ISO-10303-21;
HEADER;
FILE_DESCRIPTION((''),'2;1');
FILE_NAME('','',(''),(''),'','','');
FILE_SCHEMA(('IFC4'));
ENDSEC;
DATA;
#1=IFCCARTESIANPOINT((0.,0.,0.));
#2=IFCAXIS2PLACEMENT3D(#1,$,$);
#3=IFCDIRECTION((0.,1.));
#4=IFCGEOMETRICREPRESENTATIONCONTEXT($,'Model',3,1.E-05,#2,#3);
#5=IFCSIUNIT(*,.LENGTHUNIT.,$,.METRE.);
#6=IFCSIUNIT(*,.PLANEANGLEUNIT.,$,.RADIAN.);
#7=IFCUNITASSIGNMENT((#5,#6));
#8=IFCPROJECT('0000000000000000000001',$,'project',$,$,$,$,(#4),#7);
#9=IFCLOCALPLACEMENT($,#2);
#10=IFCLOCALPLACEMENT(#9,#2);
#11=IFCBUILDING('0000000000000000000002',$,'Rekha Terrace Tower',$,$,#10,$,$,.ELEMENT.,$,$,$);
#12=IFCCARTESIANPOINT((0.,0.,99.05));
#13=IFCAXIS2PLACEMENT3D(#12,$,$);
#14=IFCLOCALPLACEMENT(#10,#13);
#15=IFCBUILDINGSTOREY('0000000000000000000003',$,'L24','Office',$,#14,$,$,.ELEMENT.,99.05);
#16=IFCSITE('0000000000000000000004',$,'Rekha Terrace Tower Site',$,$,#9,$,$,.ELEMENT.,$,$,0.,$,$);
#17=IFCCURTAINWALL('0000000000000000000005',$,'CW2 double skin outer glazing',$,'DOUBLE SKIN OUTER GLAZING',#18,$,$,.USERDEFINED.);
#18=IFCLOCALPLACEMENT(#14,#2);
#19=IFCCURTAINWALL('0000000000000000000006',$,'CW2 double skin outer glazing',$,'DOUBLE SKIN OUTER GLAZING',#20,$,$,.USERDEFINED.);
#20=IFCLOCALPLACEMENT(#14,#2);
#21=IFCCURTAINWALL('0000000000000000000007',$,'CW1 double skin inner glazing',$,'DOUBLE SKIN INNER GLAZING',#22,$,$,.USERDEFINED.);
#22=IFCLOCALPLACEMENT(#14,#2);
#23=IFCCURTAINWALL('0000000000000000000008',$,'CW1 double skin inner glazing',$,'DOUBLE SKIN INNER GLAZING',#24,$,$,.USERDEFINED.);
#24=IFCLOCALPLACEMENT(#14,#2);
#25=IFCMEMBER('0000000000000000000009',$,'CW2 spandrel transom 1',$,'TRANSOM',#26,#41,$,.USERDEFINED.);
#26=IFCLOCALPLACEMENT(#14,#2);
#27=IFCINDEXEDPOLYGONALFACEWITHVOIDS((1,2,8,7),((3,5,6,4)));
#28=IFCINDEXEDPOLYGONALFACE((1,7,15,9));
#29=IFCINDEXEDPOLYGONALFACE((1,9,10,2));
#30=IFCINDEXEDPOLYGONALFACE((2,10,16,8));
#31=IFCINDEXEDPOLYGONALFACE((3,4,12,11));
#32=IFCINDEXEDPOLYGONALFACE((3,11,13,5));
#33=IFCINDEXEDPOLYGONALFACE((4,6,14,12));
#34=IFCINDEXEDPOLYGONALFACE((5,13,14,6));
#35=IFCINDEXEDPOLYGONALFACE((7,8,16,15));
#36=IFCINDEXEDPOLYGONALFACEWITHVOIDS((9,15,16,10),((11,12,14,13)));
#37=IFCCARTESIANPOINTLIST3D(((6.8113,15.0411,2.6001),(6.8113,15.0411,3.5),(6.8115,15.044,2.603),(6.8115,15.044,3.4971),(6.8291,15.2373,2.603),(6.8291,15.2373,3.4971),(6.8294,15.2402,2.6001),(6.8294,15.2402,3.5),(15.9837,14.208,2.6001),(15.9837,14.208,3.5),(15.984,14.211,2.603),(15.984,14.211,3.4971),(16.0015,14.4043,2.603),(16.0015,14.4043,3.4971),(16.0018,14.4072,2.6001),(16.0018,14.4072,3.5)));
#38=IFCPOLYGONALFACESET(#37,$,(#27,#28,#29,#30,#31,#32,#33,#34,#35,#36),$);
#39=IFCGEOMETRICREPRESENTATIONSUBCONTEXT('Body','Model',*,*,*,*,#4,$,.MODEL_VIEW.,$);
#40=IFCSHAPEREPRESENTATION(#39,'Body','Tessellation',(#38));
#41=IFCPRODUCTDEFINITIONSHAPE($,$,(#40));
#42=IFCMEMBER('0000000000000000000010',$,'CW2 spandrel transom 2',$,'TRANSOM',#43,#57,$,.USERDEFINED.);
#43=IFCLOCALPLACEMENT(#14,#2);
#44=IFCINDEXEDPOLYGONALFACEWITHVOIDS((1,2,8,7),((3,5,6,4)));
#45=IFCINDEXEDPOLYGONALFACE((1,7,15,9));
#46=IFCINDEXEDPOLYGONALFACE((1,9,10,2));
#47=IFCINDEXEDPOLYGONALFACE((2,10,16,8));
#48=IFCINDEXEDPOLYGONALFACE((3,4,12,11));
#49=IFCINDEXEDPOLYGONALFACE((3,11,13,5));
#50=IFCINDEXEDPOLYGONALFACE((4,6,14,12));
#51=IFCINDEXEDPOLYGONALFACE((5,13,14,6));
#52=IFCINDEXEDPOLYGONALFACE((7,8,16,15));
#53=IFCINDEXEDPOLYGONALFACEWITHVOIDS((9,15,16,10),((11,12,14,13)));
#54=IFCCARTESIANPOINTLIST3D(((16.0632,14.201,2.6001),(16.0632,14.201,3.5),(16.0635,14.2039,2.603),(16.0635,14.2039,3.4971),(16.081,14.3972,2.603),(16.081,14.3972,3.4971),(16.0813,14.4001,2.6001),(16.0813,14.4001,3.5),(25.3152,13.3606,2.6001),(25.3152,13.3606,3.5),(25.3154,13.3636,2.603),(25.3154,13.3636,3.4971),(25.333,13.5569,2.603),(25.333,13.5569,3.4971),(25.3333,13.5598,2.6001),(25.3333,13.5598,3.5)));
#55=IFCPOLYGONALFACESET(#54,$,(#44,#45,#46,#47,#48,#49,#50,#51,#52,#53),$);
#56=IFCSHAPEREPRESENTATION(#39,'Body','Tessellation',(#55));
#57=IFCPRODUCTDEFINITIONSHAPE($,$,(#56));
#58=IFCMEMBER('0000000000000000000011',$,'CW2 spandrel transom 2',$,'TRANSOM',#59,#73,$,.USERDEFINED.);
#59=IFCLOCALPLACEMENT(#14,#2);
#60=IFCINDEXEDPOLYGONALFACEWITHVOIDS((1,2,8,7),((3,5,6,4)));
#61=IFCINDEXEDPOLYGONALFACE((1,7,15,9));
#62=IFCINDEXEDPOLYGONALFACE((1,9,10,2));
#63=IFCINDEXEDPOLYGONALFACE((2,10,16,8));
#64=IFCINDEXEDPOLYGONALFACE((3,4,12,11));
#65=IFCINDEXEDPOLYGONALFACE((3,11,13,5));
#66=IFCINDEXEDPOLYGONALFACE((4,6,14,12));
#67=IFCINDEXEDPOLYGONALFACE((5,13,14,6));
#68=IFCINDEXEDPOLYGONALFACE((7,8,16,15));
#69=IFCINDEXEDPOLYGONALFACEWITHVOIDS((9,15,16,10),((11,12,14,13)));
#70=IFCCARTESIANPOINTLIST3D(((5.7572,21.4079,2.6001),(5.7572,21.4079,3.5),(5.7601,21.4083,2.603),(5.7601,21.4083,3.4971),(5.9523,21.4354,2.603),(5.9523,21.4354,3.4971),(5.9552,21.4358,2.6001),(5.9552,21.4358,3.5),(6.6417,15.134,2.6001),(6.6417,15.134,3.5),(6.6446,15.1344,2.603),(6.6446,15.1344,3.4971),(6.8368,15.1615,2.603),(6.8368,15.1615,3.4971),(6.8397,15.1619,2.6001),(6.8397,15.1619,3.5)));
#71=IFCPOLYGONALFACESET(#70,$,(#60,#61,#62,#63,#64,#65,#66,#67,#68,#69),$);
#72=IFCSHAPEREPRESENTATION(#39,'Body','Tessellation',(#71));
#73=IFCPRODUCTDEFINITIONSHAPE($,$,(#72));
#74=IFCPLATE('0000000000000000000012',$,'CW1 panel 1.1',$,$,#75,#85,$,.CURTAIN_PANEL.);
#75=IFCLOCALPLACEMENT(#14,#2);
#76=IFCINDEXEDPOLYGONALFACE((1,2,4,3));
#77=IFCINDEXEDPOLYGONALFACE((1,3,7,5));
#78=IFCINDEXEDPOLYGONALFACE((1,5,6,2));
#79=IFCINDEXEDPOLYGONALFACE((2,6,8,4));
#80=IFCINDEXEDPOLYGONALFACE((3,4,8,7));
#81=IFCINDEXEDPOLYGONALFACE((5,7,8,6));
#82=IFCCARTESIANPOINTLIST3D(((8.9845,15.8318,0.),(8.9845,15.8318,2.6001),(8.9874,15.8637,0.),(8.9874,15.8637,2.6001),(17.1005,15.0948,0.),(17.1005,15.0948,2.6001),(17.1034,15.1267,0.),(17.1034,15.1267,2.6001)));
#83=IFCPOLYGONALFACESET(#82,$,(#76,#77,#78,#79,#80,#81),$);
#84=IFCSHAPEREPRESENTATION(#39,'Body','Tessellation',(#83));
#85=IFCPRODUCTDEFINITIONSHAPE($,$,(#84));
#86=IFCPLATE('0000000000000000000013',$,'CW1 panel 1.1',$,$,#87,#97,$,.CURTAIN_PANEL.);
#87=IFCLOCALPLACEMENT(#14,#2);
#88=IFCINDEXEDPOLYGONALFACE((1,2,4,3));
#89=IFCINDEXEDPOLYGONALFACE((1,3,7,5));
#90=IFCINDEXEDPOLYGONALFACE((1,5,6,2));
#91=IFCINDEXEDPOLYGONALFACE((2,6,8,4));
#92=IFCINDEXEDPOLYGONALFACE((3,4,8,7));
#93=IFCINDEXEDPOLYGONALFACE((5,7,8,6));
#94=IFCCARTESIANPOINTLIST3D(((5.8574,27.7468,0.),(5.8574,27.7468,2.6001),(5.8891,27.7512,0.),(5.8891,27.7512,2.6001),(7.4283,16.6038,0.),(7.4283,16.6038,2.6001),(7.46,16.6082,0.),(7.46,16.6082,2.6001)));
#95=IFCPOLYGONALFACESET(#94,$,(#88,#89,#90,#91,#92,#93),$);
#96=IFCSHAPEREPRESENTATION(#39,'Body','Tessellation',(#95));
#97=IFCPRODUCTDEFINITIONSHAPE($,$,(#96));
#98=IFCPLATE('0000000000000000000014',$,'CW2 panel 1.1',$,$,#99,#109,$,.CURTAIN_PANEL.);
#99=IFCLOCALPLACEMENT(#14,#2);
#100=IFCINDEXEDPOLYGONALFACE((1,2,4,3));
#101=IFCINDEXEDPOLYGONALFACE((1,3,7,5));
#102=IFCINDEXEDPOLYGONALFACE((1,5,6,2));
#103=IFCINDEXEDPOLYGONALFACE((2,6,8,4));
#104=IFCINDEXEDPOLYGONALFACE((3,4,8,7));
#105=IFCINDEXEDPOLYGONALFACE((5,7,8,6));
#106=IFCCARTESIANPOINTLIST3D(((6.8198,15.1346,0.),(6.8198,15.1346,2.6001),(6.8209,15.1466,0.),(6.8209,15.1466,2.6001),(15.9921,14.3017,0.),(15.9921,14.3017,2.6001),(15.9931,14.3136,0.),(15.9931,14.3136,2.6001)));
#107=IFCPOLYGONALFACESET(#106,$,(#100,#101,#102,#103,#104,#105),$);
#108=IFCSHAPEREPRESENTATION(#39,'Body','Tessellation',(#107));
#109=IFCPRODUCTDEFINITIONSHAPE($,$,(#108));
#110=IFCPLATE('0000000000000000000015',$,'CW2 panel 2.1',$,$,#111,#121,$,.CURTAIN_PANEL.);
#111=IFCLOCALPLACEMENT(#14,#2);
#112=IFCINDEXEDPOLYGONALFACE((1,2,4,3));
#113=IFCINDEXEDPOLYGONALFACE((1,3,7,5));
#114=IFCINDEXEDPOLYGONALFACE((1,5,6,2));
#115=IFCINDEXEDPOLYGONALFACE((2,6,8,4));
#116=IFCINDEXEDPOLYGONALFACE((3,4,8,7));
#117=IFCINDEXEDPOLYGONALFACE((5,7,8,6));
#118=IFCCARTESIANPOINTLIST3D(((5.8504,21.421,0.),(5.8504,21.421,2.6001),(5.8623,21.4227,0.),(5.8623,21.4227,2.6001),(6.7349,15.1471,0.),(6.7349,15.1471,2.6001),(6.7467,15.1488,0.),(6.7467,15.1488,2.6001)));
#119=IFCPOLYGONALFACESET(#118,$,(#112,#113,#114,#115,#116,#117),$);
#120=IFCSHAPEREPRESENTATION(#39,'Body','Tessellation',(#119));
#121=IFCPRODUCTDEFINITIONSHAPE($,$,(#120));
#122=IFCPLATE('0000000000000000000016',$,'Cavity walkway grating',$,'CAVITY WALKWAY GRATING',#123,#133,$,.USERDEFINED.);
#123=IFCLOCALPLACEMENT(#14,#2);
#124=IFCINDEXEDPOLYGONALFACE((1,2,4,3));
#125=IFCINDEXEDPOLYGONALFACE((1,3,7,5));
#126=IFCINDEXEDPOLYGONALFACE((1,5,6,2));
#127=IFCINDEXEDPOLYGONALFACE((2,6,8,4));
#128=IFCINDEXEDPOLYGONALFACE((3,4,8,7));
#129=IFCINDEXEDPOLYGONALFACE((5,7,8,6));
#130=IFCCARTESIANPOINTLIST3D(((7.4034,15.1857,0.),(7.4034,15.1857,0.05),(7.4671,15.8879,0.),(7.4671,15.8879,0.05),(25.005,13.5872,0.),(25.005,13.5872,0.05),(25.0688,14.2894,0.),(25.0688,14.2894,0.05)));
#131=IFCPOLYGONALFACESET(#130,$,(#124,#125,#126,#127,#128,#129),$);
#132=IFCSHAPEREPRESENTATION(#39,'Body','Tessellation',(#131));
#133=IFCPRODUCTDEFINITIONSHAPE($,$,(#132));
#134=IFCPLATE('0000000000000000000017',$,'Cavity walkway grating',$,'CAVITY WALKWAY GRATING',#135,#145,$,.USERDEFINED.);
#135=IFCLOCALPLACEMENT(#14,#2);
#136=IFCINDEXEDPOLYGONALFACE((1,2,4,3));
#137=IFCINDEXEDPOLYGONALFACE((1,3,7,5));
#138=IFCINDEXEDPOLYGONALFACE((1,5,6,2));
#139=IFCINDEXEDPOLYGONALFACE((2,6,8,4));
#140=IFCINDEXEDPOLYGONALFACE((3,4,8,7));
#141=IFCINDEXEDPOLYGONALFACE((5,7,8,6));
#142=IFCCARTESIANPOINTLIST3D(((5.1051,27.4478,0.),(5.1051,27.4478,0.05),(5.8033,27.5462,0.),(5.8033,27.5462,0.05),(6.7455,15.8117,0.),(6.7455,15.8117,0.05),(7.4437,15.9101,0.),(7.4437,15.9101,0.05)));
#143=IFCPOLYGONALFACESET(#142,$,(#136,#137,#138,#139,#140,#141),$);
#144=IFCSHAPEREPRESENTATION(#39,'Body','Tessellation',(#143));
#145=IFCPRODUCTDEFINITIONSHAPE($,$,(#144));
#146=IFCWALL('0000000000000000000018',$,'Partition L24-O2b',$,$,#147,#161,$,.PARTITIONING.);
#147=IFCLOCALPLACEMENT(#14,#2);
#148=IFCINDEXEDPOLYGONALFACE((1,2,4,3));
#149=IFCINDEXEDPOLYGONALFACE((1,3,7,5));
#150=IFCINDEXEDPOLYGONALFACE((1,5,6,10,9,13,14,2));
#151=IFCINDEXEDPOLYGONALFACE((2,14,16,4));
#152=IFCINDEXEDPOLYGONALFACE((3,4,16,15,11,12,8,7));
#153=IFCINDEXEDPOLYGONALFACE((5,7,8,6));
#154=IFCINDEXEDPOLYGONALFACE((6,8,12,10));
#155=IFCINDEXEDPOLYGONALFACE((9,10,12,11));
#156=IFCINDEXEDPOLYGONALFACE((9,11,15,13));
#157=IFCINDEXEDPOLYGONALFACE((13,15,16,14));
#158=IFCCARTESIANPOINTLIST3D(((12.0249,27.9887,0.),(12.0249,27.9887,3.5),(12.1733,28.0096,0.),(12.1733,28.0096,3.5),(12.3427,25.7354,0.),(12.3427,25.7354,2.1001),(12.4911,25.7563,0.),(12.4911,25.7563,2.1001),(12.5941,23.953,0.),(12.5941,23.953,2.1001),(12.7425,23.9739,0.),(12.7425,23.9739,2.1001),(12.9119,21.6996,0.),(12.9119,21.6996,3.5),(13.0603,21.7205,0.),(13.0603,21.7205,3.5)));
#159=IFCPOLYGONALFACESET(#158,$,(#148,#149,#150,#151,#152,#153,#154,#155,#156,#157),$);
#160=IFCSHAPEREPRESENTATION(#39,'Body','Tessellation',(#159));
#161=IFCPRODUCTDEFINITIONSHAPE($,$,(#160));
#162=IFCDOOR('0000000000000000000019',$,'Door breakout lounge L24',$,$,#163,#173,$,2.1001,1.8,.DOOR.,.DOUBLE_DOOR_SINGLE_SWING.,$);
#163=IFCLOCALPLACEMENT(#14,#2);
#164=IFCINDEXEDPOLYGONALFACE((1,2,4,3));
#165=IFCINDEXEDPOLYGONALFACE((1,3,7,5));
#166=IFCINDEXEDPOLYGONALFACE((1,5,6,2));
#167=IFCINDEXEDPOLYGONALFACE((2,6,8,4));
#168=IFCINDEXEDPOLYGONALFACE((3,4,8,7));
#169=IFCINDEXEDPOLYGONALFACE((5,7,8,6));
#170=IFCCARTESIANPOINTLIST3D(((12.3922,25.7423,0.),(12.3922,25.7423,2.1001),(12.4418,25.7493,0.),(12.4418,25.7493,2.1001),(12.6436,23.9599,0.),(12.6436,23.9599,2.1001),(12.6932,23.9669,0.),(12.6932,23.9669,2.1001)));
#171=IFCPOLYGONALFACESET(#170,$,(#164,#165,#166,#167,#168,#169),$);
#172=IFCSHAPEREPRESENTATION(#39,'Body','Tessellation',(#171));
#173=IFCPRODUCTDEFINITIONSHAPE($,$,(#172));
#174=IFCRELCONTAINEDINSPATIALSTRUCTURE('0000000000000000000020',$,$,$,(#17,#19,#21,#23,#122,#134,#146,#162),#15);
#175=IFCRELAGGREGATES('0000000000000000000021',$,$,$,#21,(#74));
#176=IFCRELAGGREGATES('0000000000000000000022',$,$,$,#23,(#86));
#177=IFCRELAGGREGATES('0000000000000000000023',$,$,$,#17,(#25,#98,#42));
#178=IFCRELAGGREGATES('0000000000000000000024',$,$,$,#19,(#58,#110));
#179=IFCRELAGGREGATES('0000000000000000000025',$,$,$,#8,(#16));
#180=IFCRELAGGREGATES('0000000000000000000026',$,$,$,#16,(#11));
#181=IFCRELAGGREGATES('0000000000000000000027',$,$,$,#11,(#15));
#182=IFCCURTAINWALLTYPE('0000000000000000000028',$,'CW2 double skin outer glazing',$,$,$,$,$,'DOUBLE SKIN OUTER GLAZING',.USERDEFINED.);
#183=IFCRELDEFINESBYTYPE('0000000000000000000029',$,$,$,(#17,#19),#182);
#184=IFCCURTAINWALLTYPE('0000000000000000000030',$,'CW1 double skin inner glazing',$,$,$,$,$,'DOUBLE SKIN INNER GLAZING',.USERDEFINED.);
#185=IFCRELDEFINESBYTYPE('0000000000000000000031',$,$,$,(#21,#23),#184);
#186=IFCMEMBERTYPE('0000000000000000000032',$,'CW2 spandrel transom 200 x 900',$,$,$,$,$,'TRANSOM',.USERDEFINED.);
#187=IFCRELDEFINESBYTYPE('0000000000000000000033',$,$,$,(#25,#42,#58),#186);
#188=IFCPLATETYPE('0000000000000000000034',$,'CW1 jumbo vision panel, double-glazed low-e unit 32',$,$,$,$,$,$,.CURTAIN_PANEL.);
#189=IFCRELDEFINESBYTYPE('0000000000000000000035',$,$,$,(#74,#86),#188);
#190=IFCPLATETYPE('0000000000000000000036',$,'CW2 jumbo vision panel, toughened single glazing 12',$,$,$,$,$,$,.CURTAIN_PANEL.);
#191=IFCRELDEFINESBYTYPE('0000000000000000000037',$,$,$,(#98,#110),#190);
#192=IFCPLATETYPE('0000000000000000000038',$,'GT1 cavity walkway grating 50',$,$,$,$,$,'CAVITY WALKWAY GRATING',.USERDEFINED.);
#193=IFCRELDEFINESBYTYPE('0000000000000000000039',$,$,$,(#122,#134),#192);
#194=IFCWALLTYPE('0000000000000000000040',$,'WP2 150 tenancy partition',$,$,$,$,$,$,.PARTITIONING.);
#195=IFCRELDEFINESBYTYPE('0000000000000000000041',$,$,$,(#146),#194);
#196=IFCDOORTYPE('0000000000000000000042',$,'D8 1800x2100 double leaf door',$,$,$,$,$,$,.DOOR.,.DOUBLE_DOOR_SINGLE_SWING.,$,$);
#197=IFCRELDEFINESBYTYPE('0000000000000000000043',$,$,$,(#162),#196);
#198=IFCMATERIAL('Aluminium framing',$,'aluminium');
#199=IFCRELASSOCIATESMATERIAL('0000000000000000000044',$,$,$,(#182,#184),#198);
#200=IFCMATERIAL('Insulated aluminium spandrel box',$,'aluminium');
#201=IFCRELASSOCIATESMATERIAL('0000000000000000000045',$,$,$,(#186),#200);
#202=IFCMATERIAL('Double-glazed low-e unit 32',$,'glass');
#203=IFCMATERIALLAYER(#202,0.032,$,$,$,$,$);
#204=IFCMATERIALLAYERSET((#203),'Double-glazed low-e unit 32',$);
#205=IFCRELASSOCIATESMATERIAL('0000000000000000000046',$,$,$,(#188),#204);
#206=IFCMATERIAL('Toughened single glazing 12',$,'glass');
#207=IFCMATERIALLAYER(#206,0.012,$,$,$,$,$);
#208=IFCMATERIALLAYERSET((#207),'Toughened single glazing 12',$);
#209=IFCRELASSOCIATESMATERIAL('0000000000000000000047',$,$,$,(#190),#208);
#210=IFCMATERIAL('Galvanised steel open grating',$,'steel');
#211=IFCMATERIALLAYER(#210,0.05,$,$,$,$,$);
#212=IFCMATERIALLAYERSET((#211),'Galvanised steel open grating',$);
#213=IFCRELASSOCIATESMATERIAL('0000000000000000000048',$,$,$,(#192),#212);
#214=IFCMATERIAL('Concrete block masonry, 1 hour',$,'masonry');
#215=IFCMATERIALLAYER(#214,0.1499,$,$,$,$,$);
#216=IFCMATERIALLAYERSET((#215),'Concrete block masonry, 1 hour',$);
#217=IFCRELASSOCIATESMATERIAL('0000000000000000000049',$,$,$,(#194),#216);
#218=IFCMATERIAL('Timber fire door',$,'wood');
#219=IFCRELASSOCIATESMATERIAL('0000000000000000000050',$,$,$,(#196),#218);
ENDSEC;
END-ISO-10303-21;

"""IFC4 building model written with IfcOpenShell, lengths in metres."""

from ifc_helpers import new_model, si_unit, direction, frame, frame_2d, origin, origin_2d, place, context, subcontext, project, spatial, rectangle, hollow_rectangle, extrude, material, layer, layer_set, material_profile, profile_set, type_object, element, fill, aggregate, save


model = new_model("IFC4")

# Units and contexts
model_context = context("Model", 3, precision=1e-05, world=origin(), true_north=direction((0.0, 1.0)))
body_context = subcontext(model_context, "Body", "Model", "MODEL_VIEW")
ifc_project = project(units=[si_unit("LENGTHUNIT", "METRE"), si_unit("PLANEANGLEUNIT", "RADIAN")], contexts=[model_context])

# Site, building, storey
site_placement = place(None, origin())
site = spatial("IfcSite", under=ifc_project, at=site_placement, Name="Rekha Terrace Tower Site", CompositionType="ELEMENT", RefElevation=0.0)
building_placement = place(site_placement, origin())
building = spatial("IfcBuilding", under=site, at=building_placement, Name="Rekha Terrace Tower", CompositionType="ELEMENT")
storey_placement = place(building_placement, frame((0.0, 0.0, 99.05)))
storey = spatial("IfcBuildingStorey", under=building, at=storey_placement, Name="L24", Description="Office", CompositionType="ELEMENT", Elevation=99.05)

# Curtain walls
ifc_material_1 = material(Name="Aluminium framing", Category="aluminium")
curtain_wall_type_1 = type_object("IfcCurtainWallType", Name="CW2 double skin outer glazing", ElementType="DOUBLE SKIN OUTER GLAZING", PredefinedType="USERDEFINED", material=ifc_material_1)
curtain_wall_1_placement = place(storey_placement, origin())
curtain_wall_1 = element("IfcCurtainWall", 1, at=curtain_wall_1_placement, inside=storey, type_object=curtain_wall_type_1, Name="CW2 double skin outer glazing", ObjectType="DOUBLE SKIN OUTER GLAZING", PredefinedType="USERDEFINED")
curtain_wall_2_placement = place(storey_placement, origin())
curtain_wall_2 = element("IfcCurtainWall", 2, at=curtain_wall_2_placement, inside=storey, type_object=curtain_wall_type_1, Name="CW2 double skin outer glazing", ObjectType="DOUBLE SKIN OUTER GLAZING", PredefinedType="USERDEFINED")
curtain_wall_type_2 = type_object("IfcCurtainWallType", Name="CW1 double skin inner glazing", ElementType="DOUBLE SKIN INNER GLAZING", PredefinedType="USERDEFINED", material=ifc_material_1)
curtain_wall_3_placement = place(storey_placement, origin())
curtain_wall_3 = element("IfcCurtainWall", 3, at=curtain_wall_3_placement, inside=storey, type_object=curtain_wall_type_2, Name="CW1 double skin inner glazing", ObjectType="DOUBLE SKIN INNER GLAZING", PredefinedType="USERDEFINED")
curtain_wall_4_placement = place(storey_placement, origin())
curtain_wall_4 = element("IfcCurtainWall", 4, at=curtain_wall_4_placement, inside=storey, type_object=curtain_wall_type_2, Name="CW1 double skin inner glazing", ObjectType="DOUBLE SKIN INNER GLAZING", PredefinedType="USERDEFINED")

# Members
ifc_material_2 = material(Name="Insulated aluminium spandrel box", Category="aluminium")
ifc_material_profile_1 = material_profile(ifc_material_2, hollow_rectangle(XDim=0.2, YDim=0.8999, WallThickness=0.0029, at=origin_2d()), Name="AL SPANDREL BOX 200x900")
ifc_profile_set_1 = profile_set([ifc_material_profile_1], Name="Insulated aluminium spandrel box")
member_type_1 = type_object("IfcMemberType", Name="CW2 spandrel transom 200 x 900", ElementType="TRANSOM", PredefinedType="USERDEFINED", material=ifc_profile_set_1)
member_1_placement = place(storey_placement, frame((6.8203, 15.1406, 3.05), z_axis=(0.995901, -0.090445, 0.0), x_axis=(0.090445, 0.995901, 0.0)))
member_1 = element("IfcMember", 5, at=member_1_placement, type_object=member_type_1, Name="CW2 spandrel transom 1", ObjectType="TRANSOM", PredefinedType="USERDEFINED", context=body_context, shape_type="SweptSolid", body=[
    extrude(hollow_rectangle(XDim=0.2, YDim=0.8999, WallThickness=0.0029, at=origin_2d()), origin(), (0.0, 0.0, 1.0), 9.2102),
])
member_2_placement = place(storey_placement, frame((16.0723, 14.3005, 3.05), z_axis=(0.995901, -0.090455, 0.0), x_axis=(0.090455, 0.995901, 0.0)))
member_2 = element("IfcMember", 6, at=member_2_placement, type_object=member_type_1, Name="CW2 spandrel transom 2", ObjectType="TRANSOM", PredefinedType="USERDEFINED", context=body_context, shape_type="SweptSolid", body=[
    extrude(hollow_rectangle(XDim=0.2, YDim=0.8999, WallThickness=0.0029, at=origin_2d()), origin(), (0.0, 0.0, 1.0), 9.29),
])
member_3_placement = place(storey_placement, frame((5.8562, 21.4219, 3.05), z_axis=(0.139603, -0.990208, 0.0), x_axis=(0.990208, 0.139603, 0.0)))
member_3 = element("IfcMember", 7, at=member_3_placement, type_object=member_type_1, Name="CW2 spandrel transom 2", ObjectType="TRANSOM", PredefinedType="USERDEFINED", context=body_context, shape_type="SweptSolid", body=[
    extrude(hollow_rectangle(XDim=0.2, YDim=0.8999, WallThickness=0.0029, at=origin_2d()), origin(), (0.0, 0.0, 1.0), 6.3359),
])

# Plates
ifc_material_3 = material(Name="Double-glazed low-e unit 32", Category="glass")
ifc_layer_1 = layer(ifc_material_3, 0.032)
ifc_layer_set_1 = layer_set([ifc_layer_1], Name="Double-glazed low-e unit 32")
plate_type_1 = type_object("IfcPlateType", Name="CW1 jumbo vision panel, double-glazed low-e unit 32", PredefinedType="CURTAIN_PANEL", material=ifc_layer_set_1)
plate_1_placement = place(storey_placement, frame((13.0439, 15.4792, 0.0), z_axis=(0.0, 0.0, 1.0), x_axis=(0.995902, -0.09044, 0.0)))
plate_1 = element("IfcPlate", 8, at=plate_1_placement, type_object=plate_type_1, Name="CW1 panel 1.1", PredefinedType="CURTAIN_PANEL", context=body_context, shape_type="SweptSolid", body=[
    extrude(rectangle(XDim=8.1494, YDim=0.032, at=origin_2d()), origin(), (0.0, 0.0, 1.0), 2.6001),
])
aggregate(curtain_wall_3, [plate_1])
plate_2_placement = place(storey_placement, frame((6.6587, 22.1775, 0.0), z_axis=(0.0, 0.0, 1.0), x_axis=(0.139597, -0.990208, 0.0)))
plate_2 = element("IfcPlate", 9, at=plate_2_placement, type_object=plate_type_1, Name="CW1 panel 1.1", PredefinedType="CURTAIN_PANEL", context=body_context, shape_type="SweptSolid", body=[
    extrude(rectangle(XDim=11.2532, YDim=0.032, at=origin_2d()), origin(), (0.0, 0.0, 1.0), 2.6001),
])
aggregate(curtain_wall_4, [plate_2])
ifc_material_4 = material(Name="Toughened single glazing 12", Category="glass")
ifc_layer_2 = layer(ifc_material_4, 0.012)
ifc_layer_set_2 = layer_set([ifc_layer_2], Name="Toughened single glazing 12")
plate_type_2 = type_object("IfcPlateType", Name="CW2 jumbo vision panel, toughened single glazing 12", PredefinedType="CURTAIN_PANEL", material=ifc_layer_set_2)
plate_3_placement = place(storey_placement, frame((11.4065, 14.7241, 0.0), z_axis=(0.0, 0.0, 1.0), x_axis=(0.995902, -0.09044, 0.0)))
plate_3 = element("IfcPlate", 10, at=plate_3_placement, type_object=plate_type_2, Name="CW2 panel 1.1", PredefinedType="CURTAIN_PANEL", context=body_context, shape_type="SweptSolid", body=[
    extrude(rectangle(XDim=9.21, YDim=0.012, at=origin_2d()), origin(), (0.0, 0.0, 1.0), 2.6001),
])
aggregate(curtain_wall_1, [member_1, plate_3, member_2])
plate_4_placement = place(storey_placement, frame((6.2986, 18.2849, 0.0), z_axis=(0.0, 0.0, 1.0), x_axis=(0.139597, -0.990208, 0.0)))
plate_4 = element("IfcPlate", 11, at=plate_4_placement, type_object=plate_type_2, Name="CW2 panel 2.1", PredefinedType="CURTAIN_PANEL", context=body_context, shape_type="SweptSolid", body=[
    extrude(rectangle(XDim=6.3359, YDim=0.012, at=origin_2d()), origin(), (0.0, 0.0, 1.0), 2.6001),
])
aggregate(curtain_wall_2, [member_3, plate_4])

# Plates
ifc_material_5 = material(Name="Galvanised steel open grating", Category="steel")
ifc_layer_3 = layer(ifc_material_5, 0.05)
ifc_layer_set_3 = layer_set([ifc_layer_3], Name="Galvanised steel open grating")
plate_type_3 = type_object("IfcPlateType", Name="GT1 cavity walkway grating 50", ElementType="CAVITY WALKWAY GRATING", PredefinedType="USERDEFINED", material=ifc_layer_set_3)
plate_5_placement = place(storey_placement, frame((16.2361, 14.7375, 0.0), z_axis=(0.0, 0.0, 1.0), x_axis=(0.995902, -0.09044, 0.0)))
element("IfcPlate", 12, at=plate_5_placement, inside=storey, type_object=plate_type_3, Name="Cavity walkway grating", ObjectType="CAVITY WALKWAY GRATING", PredefinedType="USERDEFINED", context=body_context, shape_type="SweptSolid", body=[
    extrude(rectangle(XDim=17.6741, YDim=0.7051, at=origin_2d()), origin(), (0.0, 0.0, 1.0), 0.05),
])
plate_6_placement = place(storey_placement, frame((6.2744, 21.679, 0.0), z_axis=(0.0, 0.0, 1.0), x_axis=(0.139597, -0.990208, 0.0)))
element("IfcPlate", 13, at=plate_6_placement, inside=storey, type_object=plate_type_3, Name="Cavity walkway grating", ObjectType="CAVITY WALKWAY GRATING", PredefinedType="USERDEFINED", context=body_context, shape_type="SweptSolid", body=[
    extrude(rectangle(XDim=11.7512, YDim=0.7051, at=origin_2d()), origin(), (0.0, 0.0, 1.0), 0.05),
])

# Wall, opening, door
ifc_material_6 = material(Name="Concrete block masonry, 1 hour", Category="masonry")
ifc_layer_4 = layer(ifc_material_6, 0.1499)
ifc_layer_set_4 = layer_set([ifc_layer_4], Name="Concrete block masonry, 1 hour")
wall_type = type_object("IfcWallType", Name="WP2 150 tenancy partition", PredefinedType="PARTITIONING", material=ifc_layer_set_4)
wall_placement = place(storey_placement, frame((12.9861, 21.71, 0.0), z_axis=(0.0, 0.0, 1.0), x_axis=(-0.139651, 0.990201, 0.0)))
wall = element("IfcWall", 14, at=wall_placement, inside=storey, type_object=wall_type, Name="Partition L24-O2b", PredefinedType="PARTITIONING", context=body_context, shape_type="SweptSolid", body=[
    extrude(rectangle(XDim=6.3513, YDim=0.1499, at=frame_2d((3.1758, 0.0))), origin(), (0.0, 0.0, 1.0), 3.5),
])
opening_placement = place(wall_placement, frame((2.2759, 0.0, 0.0)))
opening = element("IfcOpeningElement", 15, at=opening_placement, cuts=wall, PredefinedType="OPENING", context=body_context, shape_type="SweptSolid", body=[
    extrude(rectangle(XDim=1.8, YDim=2.1001, at=frame_2d((0.8999, 1.05))), frame((0.0, 0.085, 0.0), z_axis=(0.0, -1.0, 0.0), x_axis=(1.0, 0.0, 0.0)), (0.0, 0.0, 1.0), 0.1699),
])
ifc_material_7 = material(Name="Timber fire door", Category="wood")
door_type = type_object("IfcDoorType", Name="D8 1800x2100 double leaf door", OperationType="DOUBLE_DOOR_SINGLE_SWING", PredefinedType="DOOR", material=ifc_material_7)
door_placement = place(opening_placement, origin())
door = element("IfcDoor", 16, at=door_placement, inside=storey, type_object=door_type, Name="Door breakout lounge L24", OperationType="DOUBLE_DOOR_SINGLE_SWING", OverallHeight=2.1001, OverallWidth=1.8, PredefinedType="DOOR", context=body_context, shape_type="SweptSolid", body=[
    extrude(rectangle(XDim=1.8, YDim=2.1001, at=frame_2d((0.8999, 1.05))), frame((0.0, 0.0249, 0.0), z_axis=(0.0, -1.0, 0.0), x_axis=(1.0, 0.0, 0.0)), (0.0, 0.0, 1.0), 0.05),
])
fill(opening, door)

save(model, "model.ifc")
